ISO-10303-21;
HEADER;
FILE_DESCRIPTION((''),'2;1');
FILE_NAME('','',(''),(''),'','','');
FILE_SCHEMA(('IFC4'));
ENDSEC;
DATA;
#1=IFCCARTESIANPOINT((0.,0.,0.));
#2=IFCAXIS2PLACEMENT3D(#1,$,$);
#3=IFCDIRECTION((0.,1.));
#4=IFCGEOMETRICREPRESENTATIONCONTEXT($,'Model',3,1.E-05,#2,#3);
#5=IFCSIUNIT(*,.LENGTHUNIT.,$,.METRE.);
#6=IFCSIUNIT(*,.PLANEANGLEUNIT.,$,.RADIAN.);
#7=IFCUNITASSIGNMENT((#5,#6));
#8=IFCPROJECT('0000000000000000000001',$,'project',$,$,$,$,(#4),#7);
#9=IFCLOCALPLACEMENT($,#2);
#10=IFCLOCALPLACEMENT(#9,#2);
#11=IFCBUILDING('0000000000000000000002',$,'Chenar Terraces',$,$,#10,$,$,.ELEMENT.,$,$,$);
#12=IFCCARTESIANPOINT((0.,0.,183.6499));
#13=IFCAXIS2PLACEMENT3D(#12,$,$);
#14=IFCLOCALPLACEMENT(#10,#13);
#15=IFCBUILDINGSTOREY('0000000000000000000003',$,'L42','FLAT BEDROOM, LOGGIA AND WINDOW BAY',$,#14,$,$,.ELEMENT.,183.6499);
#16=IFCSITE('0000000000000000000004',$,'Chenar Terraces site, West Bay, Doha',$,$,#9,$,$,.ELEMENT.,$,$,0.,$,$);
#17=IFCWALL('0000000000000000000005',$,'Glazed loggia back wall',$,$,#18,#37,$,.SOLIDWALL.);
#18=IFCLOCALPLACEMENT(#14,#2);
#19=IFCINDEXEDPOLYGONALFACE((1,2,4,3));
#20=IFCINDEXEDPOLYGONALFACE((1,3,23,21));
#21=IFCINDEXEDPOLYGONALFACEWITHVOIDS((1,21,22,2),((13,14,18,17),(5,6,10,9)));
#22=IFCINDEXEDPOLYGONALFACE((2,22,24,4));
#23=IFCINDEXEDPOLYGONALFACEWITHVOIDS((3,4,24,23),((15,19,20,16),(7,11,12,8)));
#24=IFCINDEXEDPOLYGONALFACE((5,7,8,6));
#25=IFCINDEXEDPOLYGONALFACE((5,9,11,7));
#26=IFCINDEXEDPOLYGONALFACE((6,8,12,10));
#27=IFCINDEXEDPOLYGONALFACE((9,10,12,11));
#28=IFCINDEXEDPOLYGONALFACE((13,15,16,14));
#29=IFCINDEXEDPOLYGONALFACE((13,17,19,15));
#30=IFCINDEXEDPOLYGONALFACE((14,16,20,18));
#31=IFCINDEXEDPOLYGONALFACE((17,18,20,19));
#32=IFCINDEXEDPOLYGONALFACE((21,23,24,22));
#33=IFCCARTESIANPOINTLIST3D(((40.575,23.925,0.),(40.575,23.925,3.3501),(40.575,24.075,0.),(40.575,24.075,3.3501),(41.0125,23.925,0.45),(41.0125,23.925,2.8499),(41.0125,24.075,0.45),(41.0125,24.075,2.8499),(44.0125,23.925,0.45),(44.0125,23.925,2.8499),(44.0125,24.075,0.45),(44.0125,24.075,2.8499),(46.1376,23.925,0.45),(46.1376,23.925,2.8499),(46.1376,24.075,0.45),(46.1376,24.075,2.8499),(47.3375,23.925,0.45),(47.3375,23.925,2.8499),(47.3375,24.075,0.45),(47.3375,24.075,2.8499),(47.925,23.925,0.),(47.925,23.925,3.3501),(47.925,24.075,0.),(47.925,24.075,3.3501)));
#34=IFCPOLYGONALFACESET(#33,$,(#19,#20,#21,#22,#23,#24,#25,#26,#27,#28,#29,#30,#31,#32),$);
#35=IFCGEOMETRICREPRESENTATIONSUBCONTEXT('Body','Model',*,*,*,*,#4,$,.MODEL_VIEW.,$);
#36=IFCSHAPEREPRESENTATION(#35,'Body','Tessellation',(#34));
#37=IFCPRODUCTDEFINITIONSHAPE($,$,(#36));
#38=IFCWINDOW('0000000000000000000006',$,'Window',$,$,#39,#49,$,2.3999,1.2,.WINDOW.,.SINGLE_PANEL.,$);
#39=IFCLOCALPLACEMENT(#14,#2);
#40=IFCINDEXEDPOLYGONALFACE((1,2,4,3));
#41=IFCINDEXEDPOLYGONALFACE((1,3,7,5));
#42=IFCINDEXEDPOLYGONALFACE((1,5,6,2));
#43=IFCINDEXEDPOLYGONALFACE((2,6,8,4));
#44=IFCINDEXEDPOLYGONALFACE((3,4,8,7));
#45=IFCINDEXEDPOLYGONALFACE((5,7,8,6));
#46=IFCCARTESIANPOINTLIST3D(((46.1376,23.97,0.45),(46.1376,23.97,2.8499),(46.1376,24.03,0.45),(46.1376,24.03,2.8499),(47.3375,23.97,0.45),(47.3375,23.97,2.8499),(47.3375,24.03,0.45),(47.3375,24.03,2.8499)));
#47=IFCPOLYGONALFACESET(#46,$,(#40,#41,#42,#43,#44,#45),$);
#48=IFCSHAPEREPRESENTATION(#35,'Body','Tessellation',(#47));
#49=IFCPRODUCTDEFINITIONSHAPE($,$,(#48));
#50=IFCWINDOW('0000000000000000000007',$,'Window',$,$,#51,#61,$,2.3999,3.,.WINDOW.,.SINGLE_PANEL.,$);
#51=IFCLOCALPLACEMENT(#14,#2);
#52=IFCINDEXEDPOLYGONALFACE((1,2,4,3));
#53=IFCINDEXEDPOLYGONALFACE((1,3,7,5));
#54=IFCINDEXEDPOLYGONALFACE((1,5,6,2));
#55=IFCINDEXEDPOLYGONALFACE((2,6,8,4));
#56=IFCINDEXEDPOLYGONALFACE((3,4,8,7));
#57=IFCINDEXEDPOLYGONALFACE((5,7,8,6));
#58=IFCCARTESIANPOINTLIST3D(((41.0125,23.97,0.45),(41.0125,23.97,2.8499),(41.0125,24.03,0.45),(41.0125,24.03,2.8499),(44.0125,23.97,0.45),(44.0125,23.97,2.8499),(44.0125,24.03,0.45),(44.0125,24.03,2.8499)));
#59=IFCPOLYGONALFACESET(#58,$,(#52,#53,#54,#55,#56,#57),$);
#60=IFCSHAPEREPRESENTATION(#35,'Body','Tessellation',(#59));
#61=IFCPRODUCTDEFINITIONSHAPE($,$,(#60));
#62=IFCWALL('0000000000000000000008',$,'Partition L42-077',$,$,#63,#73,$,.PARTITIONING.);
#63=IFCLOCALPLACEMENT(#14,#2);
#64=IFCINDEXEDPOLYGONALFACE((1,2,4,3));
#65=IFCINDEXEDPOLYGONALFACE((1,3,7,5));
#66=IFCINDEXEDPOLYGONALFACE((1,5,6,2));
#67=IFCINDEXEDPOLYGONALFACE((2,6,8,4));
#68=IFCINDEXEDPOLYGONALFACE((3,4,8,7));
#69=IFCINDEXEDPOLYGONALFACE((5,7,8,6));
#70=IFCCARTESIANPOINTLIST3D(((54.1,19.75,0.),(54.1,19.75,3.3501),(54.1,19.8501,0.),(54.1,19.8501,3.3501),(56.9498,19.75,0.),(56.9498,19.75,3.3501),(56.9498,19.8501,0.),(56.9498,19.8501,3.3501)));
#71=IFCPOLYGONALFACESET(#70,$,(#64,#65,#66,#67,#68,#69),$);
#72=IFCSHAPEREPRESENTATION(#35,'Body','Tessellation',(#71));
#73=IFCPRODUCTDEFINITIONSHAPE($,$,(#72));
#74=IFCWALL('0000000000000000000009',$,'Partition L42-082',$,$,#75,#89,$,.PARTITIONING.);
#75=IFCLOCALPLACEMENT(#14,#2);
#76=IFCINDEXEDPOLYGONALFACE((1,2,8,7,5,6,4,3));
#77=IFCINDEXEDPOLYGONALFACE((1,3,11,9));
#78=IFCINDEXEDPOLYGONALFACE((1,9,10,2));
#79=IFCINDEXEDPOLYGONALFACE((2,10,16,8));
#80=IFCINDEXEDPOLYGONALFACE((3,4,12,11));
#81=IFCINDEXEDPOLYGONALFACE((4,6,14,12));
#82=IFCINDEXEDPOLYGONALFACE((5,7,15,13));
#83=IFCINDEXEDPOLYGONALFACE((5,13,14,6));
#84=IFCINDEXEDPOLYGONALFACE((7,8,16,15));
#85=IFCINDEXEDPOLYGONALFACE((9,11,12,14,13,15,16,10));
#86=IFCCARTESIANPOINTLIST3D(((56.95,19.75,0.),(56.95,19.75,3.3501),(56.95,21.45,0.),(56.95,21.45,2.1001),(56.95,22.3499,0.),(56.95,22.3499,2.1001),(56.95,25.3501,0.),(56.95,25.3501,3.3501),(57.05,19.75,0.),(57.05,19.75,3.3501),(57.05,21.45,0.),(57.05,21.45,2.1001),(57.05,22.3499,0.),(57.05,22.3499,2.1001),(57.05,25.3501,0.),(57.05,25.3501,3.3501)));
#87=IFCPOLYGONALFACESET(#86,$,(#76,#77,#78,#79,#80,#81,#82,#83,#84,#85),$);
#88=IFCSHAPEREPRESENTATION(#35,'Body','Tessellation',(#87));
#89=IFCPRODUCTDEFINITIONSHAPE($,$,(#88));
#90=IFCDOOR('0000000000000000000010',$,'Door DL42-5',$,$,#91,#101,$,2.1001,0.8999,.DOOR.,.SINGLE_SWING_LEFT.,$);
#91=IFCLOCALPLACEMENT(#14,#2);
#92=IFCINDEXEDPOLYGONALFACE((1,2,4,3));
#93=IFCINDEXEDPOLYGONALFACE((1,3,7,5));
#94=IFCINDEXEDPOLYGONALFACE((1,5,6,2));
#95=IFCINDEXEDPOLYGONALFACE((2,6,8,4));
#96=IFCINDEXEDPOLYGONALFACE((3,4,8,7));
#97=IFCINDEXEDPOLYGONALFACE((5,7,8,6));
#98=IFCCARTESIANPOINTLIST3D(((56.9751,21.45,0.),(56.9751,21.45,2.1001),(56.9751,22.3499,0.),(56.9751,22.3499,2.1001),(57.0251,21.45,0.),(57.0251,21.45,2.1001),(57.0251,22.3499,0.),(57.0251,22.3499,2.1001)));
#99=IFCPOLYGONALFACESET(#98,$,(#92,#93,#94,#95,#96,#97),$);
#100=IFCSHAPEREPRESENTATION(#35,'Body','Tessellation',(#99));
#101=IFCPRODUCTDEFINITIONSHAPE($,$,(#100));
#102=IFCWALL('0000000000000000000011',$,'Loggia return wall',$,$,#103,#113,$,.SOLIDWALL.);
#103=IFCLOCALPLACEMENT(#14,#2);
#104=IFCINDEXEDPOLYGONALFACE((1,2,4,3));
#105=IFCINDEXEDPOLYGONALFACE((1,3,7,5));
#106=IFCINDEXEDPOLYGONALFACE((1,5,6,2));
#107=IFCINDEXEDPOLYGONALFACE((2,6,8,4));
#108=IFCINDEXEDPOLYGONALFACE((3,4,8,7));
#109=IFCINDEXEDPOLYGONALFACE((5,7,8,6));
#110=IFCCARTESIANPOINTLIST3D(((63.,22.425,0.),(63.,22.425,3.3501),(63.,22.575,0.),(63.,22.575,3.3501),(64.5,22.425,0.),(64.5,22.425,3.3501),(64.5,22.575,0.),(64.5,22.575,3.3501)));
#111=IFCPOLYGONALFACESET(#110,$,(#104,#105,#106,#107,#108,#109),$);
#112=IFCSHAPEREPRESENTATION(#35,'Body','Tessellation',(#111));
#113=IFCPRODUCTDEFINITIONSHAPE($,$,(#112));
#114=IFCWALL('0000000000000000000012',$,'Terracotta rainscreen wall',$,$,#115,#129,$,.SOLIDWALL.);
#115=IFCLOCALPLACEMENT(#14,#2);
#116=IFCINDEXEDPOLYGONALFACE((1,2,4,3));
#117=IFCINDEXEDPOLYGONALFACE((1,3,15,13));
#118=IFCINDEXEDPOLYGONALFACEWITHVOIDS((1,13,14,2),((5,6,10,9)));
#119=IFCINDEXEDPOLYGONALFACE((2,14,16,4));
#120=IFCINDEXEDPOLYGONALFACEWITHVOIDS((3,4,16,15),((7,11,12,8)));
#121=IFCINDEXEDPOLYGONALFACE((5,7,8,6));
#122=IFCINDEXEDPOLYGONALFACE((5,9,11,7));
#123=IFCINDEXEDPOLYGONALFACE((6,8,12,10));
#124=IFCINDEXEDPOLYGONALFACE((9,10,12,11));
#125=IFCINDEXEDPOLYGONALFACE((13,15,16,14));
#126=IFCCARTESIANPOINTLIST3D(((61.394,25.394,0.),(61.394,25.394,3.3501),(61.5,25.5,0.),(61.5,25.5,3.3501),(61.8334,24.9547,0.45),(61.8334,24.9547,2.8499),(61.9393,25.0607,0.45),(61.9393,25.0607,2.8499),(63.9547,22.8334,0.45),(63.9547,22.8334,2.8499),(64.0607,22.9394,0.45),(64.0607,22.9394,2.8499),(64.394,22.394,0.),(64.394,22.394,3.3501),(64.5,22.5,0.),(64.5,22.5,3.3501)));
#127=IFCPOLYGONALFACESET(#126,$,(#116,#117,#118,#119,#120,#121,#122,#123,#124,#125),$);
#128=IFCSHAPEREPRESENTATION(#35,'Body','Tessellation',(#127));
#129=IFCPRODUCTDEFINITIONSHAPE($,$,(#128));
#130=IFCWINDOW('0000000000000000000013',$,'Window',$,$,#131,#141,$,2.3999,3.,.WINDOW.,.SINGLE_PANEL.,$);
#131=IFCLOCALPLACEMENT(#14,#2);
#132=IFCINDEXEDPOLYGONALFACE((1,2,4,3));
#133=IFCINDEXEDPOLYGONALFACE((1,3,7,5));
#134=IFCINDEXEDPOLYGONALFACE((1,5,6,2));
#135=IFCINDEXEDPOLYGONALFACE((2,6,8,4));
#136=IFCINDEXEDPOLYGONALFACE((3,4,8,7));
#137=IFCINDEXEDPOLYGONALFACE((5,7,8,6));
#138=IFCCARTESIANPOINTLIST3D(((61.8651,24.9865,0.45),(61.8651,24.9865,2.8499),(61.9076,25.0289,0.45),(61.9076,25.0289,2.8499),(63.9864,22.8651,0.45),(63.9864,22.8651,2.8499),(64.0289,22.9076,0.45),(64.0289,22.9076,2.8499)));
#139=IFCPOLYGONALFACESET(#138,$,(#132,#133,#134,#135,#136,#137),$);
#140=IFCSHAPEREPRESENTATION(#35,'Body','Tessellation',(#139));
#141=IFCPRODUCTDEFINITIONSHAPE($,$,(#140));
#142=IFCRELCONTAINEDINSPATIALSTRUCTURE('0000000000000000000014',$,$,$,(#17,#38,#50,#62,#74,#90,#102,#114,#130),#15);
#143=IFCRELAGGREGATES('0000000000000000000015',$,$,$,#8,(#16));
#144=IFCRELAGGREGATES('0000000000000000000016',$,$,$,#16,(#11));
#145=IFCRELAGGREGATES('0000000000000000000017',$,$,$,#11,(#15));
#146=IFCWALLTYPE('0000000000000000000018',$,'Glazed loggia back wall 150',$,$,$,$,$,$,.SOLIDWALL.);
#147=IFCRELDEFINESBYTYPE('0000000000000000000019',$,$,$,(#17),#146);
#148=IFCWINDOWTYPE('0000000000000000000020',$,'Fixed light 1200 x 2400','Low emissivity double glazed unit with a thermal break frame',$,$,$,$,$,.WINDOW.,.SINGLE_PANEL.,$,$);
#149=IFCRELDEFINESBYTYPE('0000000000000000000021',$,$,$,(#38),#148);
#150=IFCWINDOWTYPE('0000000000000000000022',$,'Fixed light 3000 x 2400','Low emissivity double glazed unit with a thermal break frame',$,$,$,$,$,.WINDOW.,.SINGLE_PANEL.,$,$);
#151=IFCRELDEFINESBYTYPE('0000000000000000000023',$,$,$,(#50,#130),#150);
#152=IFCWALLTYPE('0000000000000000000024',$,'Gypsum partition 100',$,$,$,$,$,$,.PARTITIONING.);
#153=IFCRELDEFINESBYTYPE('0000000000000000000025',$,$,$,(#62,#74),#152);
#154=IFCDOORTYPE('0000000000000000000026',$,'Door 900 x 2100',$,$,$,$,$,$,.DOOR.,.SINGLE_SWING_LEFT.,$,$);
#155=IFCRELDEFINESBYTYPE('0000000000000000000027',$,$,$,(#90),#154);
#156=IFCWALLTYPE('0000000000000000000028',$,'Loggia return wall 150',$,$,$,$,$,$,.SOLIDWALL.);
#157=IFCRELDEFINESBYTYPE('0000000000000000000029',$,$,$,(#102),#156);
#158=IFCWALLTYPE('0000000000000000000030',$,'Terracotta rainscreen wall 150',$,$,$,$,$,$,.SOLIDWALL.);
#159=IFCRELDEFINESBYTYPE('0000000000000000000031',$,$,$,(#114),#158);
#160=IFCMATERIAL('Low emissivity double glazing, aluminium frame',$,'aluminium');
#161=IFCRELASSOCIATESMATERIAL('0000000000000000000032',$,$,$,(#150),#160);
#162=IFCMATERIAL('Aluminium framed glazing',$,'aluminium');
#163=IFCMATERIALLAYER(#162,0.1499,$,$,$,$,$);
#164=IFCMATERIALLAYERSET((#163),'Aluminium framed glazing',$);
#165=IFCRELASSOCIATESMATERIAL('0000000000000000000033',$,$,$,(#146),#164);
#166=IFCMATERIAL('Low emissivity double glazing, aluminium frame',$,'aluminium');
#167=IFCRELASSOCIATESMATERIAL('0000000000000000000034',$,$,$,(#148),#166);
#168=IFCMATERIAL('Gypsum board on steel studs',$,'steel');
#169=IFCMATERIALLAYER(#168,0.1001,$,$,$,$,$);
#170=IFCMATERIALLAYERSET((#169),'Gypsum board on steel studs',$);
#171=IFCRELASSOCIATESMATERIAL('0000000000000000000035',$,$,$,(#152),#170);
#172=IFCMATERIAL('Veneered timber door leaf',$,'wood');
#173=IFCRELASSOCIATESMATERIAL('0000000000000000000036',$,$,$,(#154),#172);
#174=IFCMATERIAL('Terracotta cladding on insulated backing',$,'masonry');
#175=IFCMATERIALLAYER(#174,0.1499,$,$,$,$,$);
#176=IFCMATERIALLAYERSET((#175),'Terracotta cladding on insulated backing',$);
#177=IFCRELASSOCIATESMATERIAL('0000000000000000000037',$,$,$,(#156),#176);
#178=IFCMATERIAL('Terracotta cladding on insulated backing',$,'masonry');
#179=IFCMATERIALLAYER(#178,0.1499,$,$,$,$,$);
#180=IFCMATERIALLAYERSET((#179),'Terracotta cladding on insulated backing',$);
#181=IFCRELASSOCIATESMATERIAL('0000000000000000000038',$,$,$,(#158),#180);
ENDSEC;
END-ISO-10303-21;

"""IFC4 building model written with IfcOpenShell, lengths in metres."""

from ifc_helpers import new_model, si_unit, direction, frame, frame_2d, origin, place, context, subcontext, project, spatial, rectangle, extrude, material, layer, layer_set, type_object, element, fill, save


model = new_model("IFC4")

# Units and contexts
model_context = context("Model", 3, precision=1e-05, world=origin(), true_north=direction((0.0, 1.0)))
body_context = subcontext(model_context, "Body", "Model", "MODEL_VIEW")
ifc_project = project(units=[si_unit("LENGTHUNIT", "METRE"), si_unit("PLANEANGLEUNIT", "RADIAN")], contexts=[model_context])

# Site, building, storey
site_placement = place(None, origin())
site = spatial("IfcSite", under=ifc_project, at=site_placement, Name="Chenar Terraces site, West Bay, Doha", CompositionType="ELEMENT", RefElevation=0.0)
building_placement = place(site_placement, origin())
building = spatial("IfcBuilding", under=site, at=building_placement, Name="Chenar Terraces", CompositionType="ELEMENT")
storey_placement = place(building_placement, frame((0.0, 0.0, 183.6499)))
storey = spatial("IfcBuildingStorey", under=building, at=storey_placement, Name="L42", Description="FLAT BEDROOM, LOGGIA AND WINDOW BAY", CompositionType="ELEMENT", Elevation=183.6499)

# Wall, openings, windows
ifc_material_1 = material(Name="Low emissivity double glazing, aluminium frame", Category="aluminium")
window_type_1 = type_object("IfcWindowType", Name="Fixed light 3000 x 2400", Description="Low emissivity double glazed unit with a thermal break frame", PartitioningType="SINGLE_PANEL", PredefinedType="WINDOW", material=ifc_material_1)
ifc_material_2 = material(Name="Aluminium framed glazing", Category="aluminium")
ifc_layer_1 = layer(ifc_material_2, 0.1499)
ifc_layer_set_1 = layer_set([ifc_layer_1], Name="Aluminium framed glazing")
wall_type_1 = type_object("IfcWallType", Name="Glazed loggia back wall 150", PredefinedType="SOLIDWALL", material=ifc_layer_set_1)
wall_1_placement = place(storey_placement, frame((47.925, 24.0, 0.0), z_axis=(0.0, 0.0, 1.0), x_axis=(-1.0, 0.0, 0.0)))
wall_1 = element("IfcWall", 1, at=wall_1_placement, inside=storey, type_object=wall_type_1, Name="Glazed loggia back wall", PredefinedType="SOLIDWALL", context=body_context, shape_type="SweptSolid", body=[
    extrude(rectangle(XDim=7.3501, YDim=0.1499, at=frame_2d((3.675, 0.0))), origin(), (0.0, 0.0, 1.0), 3.3501),
])
opening_1_placement = place(wall_1_placement, frame((0.5874, 0.0, 0.45)))
opening_1 = element("IfcOpeningElement", 2, at=opening_1_placement, cuts=wall_1, PredefinedType="OPENING", context=body_context, shape_type="SweptSolid", body=[
    extrude(rectangle(XDim=1.2, YDim=2.3999, at=frame_2d((0.6001, 1.2))), frame((0.0, 0.085, 0.0), z_axis=(0.0, -1.0, 0.0), x_axis=(1.0, 0.0, 0.0)), (0.0, 0.0, 1.0), 0.1699),
])
opening_2_placement = place(wall_1_placement, frame((3.9126, 0.0, 0.45)))
opening_2 = element("IfcOpeningElement", 3, at=opening_2_placement, cuts=wall_1, PredefinedType="OPENING", context=body_context, shape_type="SweptSolid", body=[
    extrude(rectangle(XDim=3.0, YDim=2.3999, at=frame_2d((1.5, 1.2))), frame((0.0, 0.085, 0.0), z_axis=(0.0, -1.0, 0.0), x_axis=(1.0, 0.0, 0.0)), (0.0, 0.0, 1.0), 0.1699),
])
ifc_material_3 = material(Name="Low emissivity double glazing, aluminium frame", Category="aluminium")
window_type_2 = type_object("IfcWindowType", Name="Fixed light 1200 x 2400", Description="Low emissivity double glazed unit with a thermal break frame", PartitioningType="SINGLE_PANEL", PredefinedType="WINDOW", material=ifc_material_3)
window_1_placement = place(opening_1_placement, origin())
window_1 = element("IfcWindow", 4, at=window_1_placement, inside=storey, type_object=window_type_2, Name="Window", OverallHeight=2.3999, OverallWidth=1.2, PartitioningType="SINGLE_PANEL", PredefinedType="WINDOW", context=body_context, shape_type="SweptSolid", body=[
    extrude(rectangle(XDim=1.2, YDim=2.3999, at=frame_2d((0.6001, 1.2))), frame((0.0, 0.03, 0.0), z_axis=(0.0, -1.0, 0.0), x_axis=(1.0, 0.0, 0.0)), (0.0, 0.0, 1.0), 0.0601),
])
fill(opening_1, window_1)
window_2_placement = place(opening_2_placement, origin())
window_2 = element("IfcWindow", 5, at=window_2_placement, inside=storey, type_object=window_type_1, Name="Window", OverallHeight=2.3999, OverallWidth=3.0, PartitioningType="SINGLE_PANEL", PredefinedType="WINDOW", context=body_context, shape_type="SweptSolid", body=[
    extrude(rectangle(XDim=3.0, YDim=2.3999, at=frame_2d((1.5, 1.2))), frame((0.0, 0.03, 0.0), z_axis=(0.0, -1.0, 0.0), x_axis=(1.0, 0.0, 0.0)), (0.0, 0.0, 1.0), 0.0601),
])
fill(opening_2, window_2)

# Wall
ifc_material_4 = material(Name="Gypsum board on steel studs", Category="steel")
ifc_layer_2 = layer(ifc_material_4, 0.1001)
ifc_layer_set_2 = layer_set([ifc_layer_2], Name="Gypsum board on steel studs")
wall_type_2 = type_object("IfcWallType", Name="Gypsum partition 100", PredefinedType="PARTITIONING", material=ifc_layer_set_2)
wall_2_placement = place(storey_placement, frame((54.1001, 19.8, 0.0), z_axis=(0.0, 0.0, 1.0), x_axis=(1.0, 0.0, 0.0)))
element("IfcWall", 6, at=wall_2_placement, inside=storey, type_object=wall_type_2, Name="Partition L42-077", PredefinedType="PARTITIONING", context=body_context, shape_type="SweptSolid", body=[
    extrude(rectangle(XDim=2.8499, YDim=0.1001, at=frame_2d((1.4248, 0.0))), origin(), (0.0, 0.0, 1.0), 3.3501),
])

# Wall, opening, door
wall_3_placement = place(storey_placement, frame((57.0, 19.75, 0.0), z_axis=(0.0, 0.0, 1.0), x_axis=(0.0, 1.0, 0.0)))
wall_3 = element("IfcWall", 7, at=wall_3_placement, inside=storey, type_object=wall_type_2, Name="Partition L42-082", PredefinedType="PARTITIONING", context=body_context, shape_type="SweptSolid", body=[
    extrude(rectangle(XDim=5.6001, YDim=0.1001, at=frame_2d((2.8, 0.0))), origin(), (0.0, 0.0, 1.0), 3.3501),
])
opening_3_placement = place(wall_3_placement, frame((1.7, 0.0, 0.0)))
opening_3 = element("IfcOpeningElement", 8, at=opening_3_placement, cuts=wall_3, PredefinedType="OPENING", context=body_context, shape_type="SweptSolid", body=[
    extrude(rectangle(XDim=0.8999, YDim=2.1001, at=frame_2d((0.45, 1.05))), frame((0.0, 0.0601, 0.0), z_axis=(0.0, -1.0, 0.0), x_axis=(1.0, 0.0, 0.0)), (0.0, 0.0, 1.0), 0.1201),
])
ifc_material_5 = material(Name="Veneered timber door leaf", Category="wood")
door_type_1 = type_object("IfcDoorType", Name="Door 900 x 2100", OperationType="SINGLE_SWING_LEFT", PredefinedType="DOOR", material=ifc_material_5)
door_1_placement = place(opening_3_placement, origin())
door_1 = element("IfcDoor", 9, at=door_1_placement, inside=storey, type_object=door_type_1, Name="Door DL42-5", OperationType="SINGLE_SWING_LEFT", OverallHeight=2.1001, OverallWidth=0.8999, PredefinedType="DOOR", context=body_context, shape_type="SweptSolid", body=[
    extrude(rectangle(XDim=0.8999, YDim=2.1001, at=frame_2d((0.45, 1.05))), frame((0.0, 0.0249, 0.0), z_axis=(0.0, -1.0, 0.0), x_axis=(1.0, 0.0, 0.0)), (0.0, 0.0, 1.0), 0.05),
])
fill(opening_3, door_1)

# Wall
ifc_material_6 = material(Name="Terracotta cladding on insulated backing", Category="masonry")
ifc_layer_3 = layer(ifc_material_6, 0.1499)
ifc_layer_set_3 = layer_set([ifc_layer_3], Name="Terracotta cladding on insulated backing")
wall_type_3 = type_object("IfcWallType", Name="Loggia return wall 150", PredefinedType="SOLIDWALL", material=ifc_layer_set_3)
wall_4_placement = place(storey_placement, frame((64.5, 22.5, 0.0), z_axis=(0.0, 0.0, 1.0), x_axis=(-1.0, 0.0, 0.0)))
element("IfcWall", 10, at=wall_4_placement, inside=storey, type_object=wall_type_3, Name="Loggia return wall", PredefinedType="SOLIDWALL", context=body_context, shape_type="SweptSolid", body=[
    extrude(rectangle(XDim=1.5, YDim=0.1499, at=frame_2d((0.75, 0.0))), origin(), (0.0, 0.0, 1.0), 3.3501),
])

# Wall, opening, window
ifc_material_7 = material(Name="Terracotta cladding on insulated backing", Category="masonry")
ifc_layer_4 = layer(ifc_material_7, 0.1499)
ifc_layer_set_4 = layer_set([ifc_layer_4], Name="Terracotta cladding on insulated backing")
wall_type_4 = type_object("IfcWallType", Name="Terracotta rainscreen wall 150", PredefinedType="SOLIDWALL", material=ifc_layer_set_4)
wall_5_placement = place(storey_placement, frame((64.447, 22.447, 0.0), z_axis=(0.0, 0.0, 1.0), x_axis=(-0.707107, 0.707107, 0.0)))
wall_5 = element("IfcWall", 11, at=wall_5_placement, inside=storey, type_object=wall_type_4, Name="Terracotta rainscreen wall", PredefinedType="SOLIDWALL", context=body_context, shape_type="SweptSolid", body=[
    extrude(rectangle(XDim=4.2427, YDim=0.1499, at=frame_2d((2.1213, 0.0))), origin(), (0.0, 0.0, 1.0), 3.3501),
])
opening_4_placement = place(wall_5_placement, frame((0.6213, 0.0, 0.45)))
opening_4 = element("IfcOpeningElement", 12, at=opening_4_placement, cuts=wall_5, PredefinedType="OPENING", context=body_context, shape_type="SweptSolid", body=[
    extrude(rectangle(XDim=3.0, YDim=2.3999, at=frame_2d((1.5, 1.2))), frame((0.0, 0.085, 0.0), z_axis=(0.0, -1.0, 0.0), x_axis=(1.0, 0.0, 0.0)), (0.0, 0.0, 1.0), 0.1699),
])
window_3_placement = place(opening_4_placement, origin())
window_3 = element("IfcWindow", 13, at=window_3_placement, inside=storey, type_object=window_type_1, Name="Window", OverallHeight=2.3999, OverallWidth=3.0, PartitioningType="SINGLE_PANEL", PredefinedType="WINDOW", context=body_context, shape_type="SweptSolid", body=[
    extrude(rectangle(XDim=3.0, YDim=2.3999, at=frame_2d((1.5, 1.2))), frame((0.0, 0.03, 0.0), z_axis=(0.0, -1.0, 0.0), x_axis=(1.0, 0.0, 0.0)), (0.0, 0.0, 1.0), 0.0601),
])
fill(opening_4, window_3)

save(model, "model.ifc")
